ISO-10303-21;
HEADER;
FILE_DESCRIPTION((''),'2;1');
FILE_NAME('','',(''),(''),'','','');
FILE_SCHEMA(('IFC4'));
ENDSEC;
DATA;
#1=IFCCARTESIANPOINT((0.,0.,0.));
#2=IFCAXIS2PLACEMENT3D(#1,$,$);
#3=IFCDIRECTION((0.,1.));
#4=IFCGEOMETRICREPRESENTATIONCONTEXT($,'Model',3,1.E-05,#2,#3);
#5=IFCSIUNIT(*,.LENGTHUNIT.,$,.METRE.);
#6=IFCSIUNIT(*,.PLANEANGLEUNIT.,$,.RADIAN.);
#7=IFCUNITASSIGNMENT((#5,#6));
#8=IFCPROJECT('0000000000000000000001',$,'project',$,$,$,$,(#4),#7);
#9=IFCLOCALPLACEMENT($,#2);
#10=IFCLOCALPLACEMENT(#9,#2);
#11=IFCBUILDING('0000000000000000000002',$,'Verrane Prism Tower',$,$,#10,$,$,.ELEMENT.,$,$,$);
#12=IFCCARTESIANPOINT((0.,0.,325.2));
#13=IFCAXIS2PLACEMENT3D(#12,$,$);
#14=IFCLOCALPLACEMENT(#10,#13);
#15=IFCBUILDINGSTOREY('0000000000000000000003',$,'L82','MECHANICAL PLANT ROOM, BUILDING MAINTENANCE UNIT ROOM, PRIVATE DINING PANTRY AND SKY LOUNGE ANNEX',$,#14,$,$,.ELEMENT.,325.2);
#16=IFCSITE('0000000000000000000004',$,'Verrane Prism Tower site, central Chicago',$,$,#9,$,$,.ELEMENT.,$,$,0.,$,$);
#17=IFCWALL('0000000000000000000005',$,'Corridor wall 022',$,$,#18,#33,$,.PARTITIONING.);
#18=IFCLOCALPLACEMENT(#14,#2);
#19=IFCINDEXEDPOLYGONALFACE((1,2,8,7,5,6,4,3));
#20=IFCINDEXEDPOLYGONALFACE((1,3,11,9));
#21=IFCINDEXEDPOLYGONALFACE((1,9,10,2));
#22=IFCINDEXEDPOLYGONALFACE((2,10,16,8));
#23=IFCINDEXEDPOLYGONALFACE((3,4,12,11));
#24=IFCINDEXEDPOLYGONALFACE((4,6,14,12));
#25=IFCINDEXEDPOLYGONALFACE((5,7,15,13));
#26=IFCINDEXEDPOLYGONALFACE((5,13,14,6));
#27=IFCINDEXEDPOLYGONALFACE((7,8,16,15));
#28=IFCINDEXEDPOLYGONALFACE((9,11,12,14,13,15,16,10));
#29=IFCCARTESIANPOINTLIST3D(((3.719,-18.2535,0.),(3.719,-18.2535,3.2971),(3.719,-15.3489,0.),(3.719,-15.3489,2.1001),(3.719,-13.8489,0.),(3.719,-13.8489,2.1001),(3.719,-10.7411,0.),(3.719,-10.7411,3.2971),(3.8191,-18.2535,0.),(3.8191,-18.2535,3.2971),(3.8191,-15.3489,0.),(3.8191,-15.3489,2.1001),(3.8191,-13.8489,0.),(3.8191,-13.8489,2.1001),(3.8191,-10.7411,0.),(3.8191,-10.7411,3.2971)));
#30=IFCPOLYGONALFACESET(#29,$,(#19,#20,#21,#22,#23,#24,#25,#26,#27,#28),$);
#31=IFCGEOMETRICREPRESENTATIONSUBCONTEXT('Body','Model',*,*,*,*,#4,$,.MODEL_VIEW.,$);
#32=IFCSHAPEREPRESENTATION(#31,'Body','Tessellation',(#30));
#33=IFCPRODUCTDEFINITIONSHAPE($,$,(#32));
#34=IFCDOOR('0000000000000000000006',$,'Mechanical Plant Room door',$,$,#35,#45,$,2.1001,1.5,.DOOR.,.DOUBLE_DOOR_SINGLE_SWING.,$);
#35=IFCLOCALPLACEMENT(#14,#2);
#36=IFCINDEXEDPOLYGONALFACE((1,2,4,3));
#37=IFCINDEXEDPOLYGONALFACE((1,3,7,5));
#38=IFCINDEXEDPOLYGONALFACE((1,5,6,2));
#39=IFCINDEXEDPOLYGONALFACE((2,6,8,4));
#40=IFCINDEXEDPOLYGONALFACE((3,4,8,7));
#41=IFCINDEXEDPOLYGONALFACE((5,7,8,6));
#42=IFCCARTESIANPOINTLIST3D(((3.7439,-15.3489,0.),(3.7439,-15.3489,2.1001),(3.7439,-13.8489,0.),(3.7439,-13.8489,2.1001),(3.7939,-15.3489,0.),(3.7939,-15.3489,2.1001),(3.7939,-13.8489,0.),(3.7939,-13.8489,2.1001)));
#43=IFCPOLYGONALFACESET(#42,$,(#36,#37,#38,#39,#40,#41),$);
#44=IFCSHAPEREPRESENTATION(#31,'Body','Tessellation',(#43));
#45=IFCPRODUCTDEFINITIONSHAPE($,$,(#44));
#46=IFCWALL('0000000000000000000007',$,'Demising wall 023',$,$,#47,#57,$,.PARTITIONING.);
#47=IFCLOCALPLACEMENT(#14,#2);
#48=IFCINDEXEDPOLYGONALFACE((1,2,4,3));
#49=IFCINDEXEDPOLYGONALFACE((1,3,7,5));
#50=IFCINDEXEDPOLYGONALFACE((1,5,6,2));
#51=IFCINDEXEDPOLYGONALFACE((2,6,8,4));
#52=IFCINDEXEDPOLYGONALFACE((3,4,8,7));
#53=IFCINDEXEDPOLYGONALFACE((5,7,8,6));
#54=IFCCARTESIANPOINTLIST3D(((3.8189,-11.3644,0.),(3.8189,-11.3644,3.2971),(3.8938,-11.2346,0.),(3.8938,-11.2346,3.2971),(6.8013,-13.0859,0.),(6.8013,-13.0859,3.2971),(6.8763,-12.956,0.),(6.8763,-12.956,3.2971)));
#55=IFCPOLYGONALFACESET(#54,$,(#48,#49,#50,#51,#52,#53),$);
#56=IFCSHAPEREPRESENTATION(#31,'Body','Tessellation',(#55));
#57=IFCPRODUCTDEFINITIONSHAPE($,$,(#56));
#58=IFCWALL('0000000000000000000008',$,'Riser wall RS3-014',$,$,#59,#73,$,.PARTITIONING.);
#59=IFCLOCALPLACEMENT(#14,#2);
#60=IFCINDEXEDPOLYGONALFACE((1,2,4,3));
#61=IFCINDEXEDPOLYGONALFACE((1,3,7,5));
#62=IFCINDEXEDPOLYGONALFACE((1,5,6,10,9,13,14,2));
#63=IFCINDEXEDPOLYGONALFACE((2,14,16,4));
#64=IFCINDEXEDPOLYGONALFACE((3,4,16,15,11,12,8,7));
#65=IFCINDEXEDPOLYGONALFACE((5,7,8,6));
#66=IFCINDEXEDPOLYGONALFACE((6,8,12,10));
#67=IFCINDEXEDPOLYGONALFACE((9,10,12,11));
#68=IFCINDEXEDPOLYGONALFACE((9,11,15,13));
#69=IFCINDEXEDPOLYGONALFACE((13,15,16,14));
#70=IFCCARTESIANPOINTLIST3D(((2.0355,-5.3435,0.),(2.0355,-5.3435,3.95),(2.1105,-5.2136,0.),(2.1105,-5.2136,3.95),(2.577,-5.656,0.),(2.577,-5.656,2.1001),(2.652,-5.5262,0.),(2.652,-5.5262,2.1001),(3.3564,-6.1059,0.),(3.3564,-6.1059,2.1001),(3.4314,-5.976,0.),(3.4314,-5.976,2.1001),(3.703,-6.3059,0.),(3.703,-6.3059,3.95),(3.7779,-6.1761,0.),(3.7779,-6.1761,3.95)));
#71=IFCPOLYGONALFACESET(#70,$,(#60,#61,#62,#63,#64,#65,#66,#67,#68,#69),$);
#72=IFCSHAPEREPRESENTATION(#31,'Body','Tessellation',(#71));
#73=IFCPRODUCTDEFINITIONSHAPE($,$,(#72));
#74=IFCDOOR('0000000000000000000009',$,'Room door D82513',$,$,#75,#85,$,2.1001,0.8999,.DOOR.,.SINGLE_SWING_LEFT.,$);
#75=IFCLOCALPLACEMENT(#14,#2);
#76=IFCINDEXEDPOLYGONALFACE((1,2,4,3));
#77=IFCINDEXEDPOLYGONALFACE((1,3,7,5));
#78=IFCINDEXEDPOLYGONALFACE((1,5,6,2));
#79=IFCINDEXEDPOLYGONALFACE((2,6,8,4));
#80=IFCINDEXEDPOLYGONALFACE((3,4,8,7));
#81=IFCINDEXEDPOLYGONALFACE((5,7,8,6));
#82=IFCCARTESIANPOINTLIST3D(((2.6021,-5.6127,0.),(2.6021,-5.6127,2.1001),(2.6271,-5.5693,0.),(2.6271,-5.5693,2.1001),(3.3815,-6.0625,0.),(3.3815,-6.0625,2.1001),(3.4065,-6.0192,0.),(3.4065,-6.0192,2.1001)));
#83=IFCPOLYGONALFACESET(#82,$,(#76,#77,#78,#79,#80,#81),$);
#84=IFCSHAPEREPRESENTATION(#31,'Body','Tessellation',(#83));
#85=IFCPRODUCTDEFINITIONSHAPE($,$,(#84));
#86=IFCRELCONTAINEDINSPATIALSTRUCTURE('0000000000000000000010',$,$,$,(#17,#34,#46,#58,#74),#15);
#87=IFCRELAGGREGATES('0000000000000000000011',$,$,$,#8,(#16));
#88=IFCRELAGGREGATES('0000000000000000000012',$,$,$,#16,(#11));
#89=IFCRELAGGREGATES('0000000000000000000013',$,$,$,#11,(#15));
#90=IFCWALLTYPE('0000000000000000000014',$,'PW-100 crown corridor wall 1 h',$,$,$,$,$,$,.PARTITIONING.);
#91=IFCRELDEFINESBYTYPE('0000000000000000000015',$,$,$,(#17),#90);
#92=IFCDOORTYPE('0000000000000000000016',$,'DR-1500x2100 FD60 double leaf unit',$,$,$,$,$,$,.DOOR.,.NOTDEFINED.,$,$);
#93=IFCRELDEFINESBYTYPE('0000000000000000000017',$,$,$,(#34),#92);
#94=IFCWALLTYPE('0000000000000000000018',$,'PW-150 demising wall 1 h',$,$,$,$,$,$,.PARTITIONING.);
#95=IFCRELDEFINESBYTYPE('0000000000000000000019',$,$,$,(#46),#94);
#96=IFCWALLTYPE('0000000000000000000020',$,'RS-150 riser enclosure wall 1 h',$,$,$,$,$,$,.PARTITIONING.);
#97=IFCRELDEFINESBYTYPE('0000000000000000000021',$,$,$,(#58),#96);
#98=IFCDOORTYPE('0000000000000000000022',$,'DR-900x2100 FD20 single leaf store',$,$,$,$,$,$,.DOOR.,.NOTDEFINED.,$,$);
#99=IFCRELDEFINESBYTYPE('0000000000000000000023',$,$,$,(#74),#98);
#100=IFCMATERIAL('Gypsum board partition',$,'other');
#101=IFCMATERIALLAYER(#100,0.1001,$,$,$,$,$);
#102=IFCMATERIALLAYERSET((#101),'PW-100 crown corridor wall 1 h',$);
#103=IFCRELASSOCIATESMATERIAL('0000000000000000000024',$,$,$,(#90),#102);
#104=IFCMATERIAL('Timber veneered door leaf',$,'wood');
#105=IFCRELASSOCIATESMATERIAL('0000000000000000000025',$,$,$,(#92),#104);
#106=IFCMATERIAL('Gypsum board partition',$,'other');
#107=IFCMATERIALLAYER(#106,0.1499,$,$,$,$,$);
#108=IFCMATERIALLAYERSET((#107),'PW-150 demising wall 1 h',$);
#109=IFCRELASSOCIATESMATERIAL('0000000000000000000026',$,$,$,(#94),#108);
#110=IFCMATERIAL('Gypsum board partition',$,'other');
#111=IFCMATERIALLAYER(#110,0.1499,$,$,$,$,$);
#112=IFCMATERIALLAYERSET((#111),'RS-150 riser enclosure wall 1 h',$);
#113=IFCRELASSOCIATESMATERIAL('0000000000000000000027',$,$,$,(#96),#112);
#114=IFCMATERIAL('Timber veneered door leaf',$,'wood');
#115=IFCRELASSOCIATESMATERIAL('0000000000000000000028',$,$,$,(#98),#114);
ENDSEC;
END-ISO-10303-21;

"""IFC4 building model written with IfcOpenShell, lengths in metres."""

from ifc_helpers import new_model, si_unit, direction, frame, frame_2d, origin, place, context, subcontext, project, spatial, rectangle, extrude, material, layer, layer_set, type_object, element, fill, save


model = new_model("IFC4")

# Units and contexts
model_context = context("Model", 3, precision=1e-05, world=origin(), true_north=direction((0.0, 1.0)))
body_context = subcontext(model_context, "Body", "Model", "MODEL_VIEW")
ifc_project = project(units=[si_unit("LENGTHUNIT", "METRE"), si_unit("PLANEANGLEUNIT", "RADIAN")], contexts=[model_context])

# Site, building, storey
site_placement = place(None, origin())
site = spatial("IfcSite", under=ifc_project, at=site_placement, Name="Verrane Prism Tower site, central Chicago", CompositionType="ELEMENT", RefElevation=0.0)
building_placement = place(site_placement, origin())
building = spatial("IfcBuilding", under=site, at=building_placement, Name="Verrane Prism Tower", CompositionType="ELEMENT")
storey_placement = place(building_placement, frame((0.0, 0.0, 325.2)))
storey = spatial("IfcBuildingStorey", under=building, at=storey_placement, Name="L82", Description="MECHANICAL PLANT ROOM, BUILDING MAINTENANCE UNIT ROOM, PRIVATE DINING PANTRY AND SKY LOUNGE ANNEX", CompositionType="ELEMENT", Elevation=325.2)

# Wall, opening, door
ifc_material_1 = material(Name="Gypsum board partition", Category="other")
ifc_layer_1 = layer(ifc_material_1, 0.1001)
ifc_layer_set_1 = layer_set([ifc_layer_1], Name="PW-100 crown corridor wall 1 h")
wall_type_1 = type_object("IfcWallType", Name="PW-100 crown corridor wall 1 h", PredefinedType="PARTITIONING", material=ifc_layer_set_1)
wall_1_placement = place(storey_placement, frame((3.769, -10.741, 0.0), z_axis=(0.0, 0.0, 1.0), x_axis=(0.0, -1.0, 0.0)))
wall_1 = element("IfcWall", 1, at=wall_1_placement, inside=storey, type_object=wall_type_1, Name="Corridor wall 022", PredefinedType="PARTITIONING", context=body_context, shape_type="SweptSolid", body=[
    extrude(rectangle(XDim=7.5125, YDim=0.1001, at=frame_2d((3.7563, 0.0))), origin(), (0.0, 0.0, 1.0), 3.2971),
])
opening_1_placement = place(wall_1_placement, frame((3.1079, 0.0, 0.0)))
opening_1 = element("IfcOpeningElement", 2, at=opening_1_placement, cuts=wall_1, PredefinedType="OPENING", context=body_context, shape_type="SweptSolid", body=[
    extrude(rectangle(XDim=1.5, YDim=2.1001, at=frame_2d((0.75, 1.05))), frame((0.0, 0.0601, 0.0), z_axis=(0.0, -1.0, 0.0), x_axis=(1.0, 0.0, 0.0)), (0.0, 0.0, 1.0), 0.1201),
])
ifc_material_2 = material(Name="Timber veneered door leaf", Category="wood")
door_type_1 = type_object("IfcDoorType", Name="DR-1500x2100 FD60 double leaf unit", OperationType="NOTDEFINED", PredefinedType="DOOR", material=ifc_material_2)
door_1_placement = place(opening_1_placement, origin())
door_1 = element("IfcDoor", 3, at=door_1_placement, inside=storey, type_object=door_type_1, Name="Mechanical Plant Room door", OperationType="DOUBLE_DOOR_SINGLE_SWING", OverallHeight=2.1001, OverallWidth=1.5, PredefinedType="DOOR", context=body_context, shape_type="SweptSolid", body=[
    extrude(rectangle(XDim=1.5, YDim=2.1001, at=frame_2d((0.75, 1.05))), frame((0.0, 0.0249, 0.0), z_axis=(0.0, -1.0, 0.0), x_axis=(1.0, 0.0, 0.0)), (0.0, 0.0, 1.0), 0.05),
])
fill(opening_1, door_1)

# Wall
ifc_material_3 = material(Name="Gypsum board partition", Category="other")
ifc_layer_2 = layer(ifc_material_3, 0.1499)
ifc_layer_set_2 = layer_set([ifc_layer_2], Name="PW-150 demising wall 1 h")
wall_type_2 = type_object("IfcWallType", Name="PW-150 demising wall 1 h", PredefinedType="PARTITIONING", material=ifc_layer_set_2)
wall_2_placement = place(storey_placement, frame((3.8564, -11.2996, 0.0), z_axis=(0.0, 0.0, 1.0), x_axis=(0.866084, -0.499898, 0.0)))
element("IfcWall", 4, at=wall_2_placement, inside=storey, type_object=wall_type_2, Name="Demising wall 023", PredefinedType="PARTITIONING", context=body_context, shape_type="SweptSolid", body=[
    extrude(rectangle(XDim=3.4436, YDim=0.1499, at=frame_2d((1.7217, 0.0))), origin(), (0.0, 0.0, 1.0), 3.2971),
])

# Wall, opening, door
ifc_material_4 = material(Name="Gypsum board partition", Category="other")
ifc_layer_3 = layer(ifc_material_4, 0.1499)
ifc_layer_set_3 = layer_set([ifc_layer_3], Name="RS-150 riser enclosure wall 1 h")
wall_type_3 = type_object("IfcWallType", Name="RS-150 riser enclosure wall 1 h", PredefinedType="PARTITIONING", material=ifc_layer_set_3)
wall_3_placement = place(storey_placement, frame((3.7405, -6.241, 0.0), z_axis=(0.0, 0.0, 1.0), x_axis=(-0.866097, 0.499876, 0.0)))
wall_3 = element("IfcWall", 5, at=wall_3_placement, inside=storey, type_object=wall_type_3, Name="Riser wall RS3-014", PredefinedType="PARTITIONING", context=body_context, shape_type="SweptSolid", body=[
    extrude(rectangle(XDim=1.9253, YDim=0.1499, at=frame_2d((0.9626, 0.0))), origin(), (0.0, 0.0, 1.0), 3.95),
])
opening_2_placement = place(wall_3_placement, frame((0.4001, 0.0, 0.0)))
opening_2 = element("IfcOpeningElement", 6, at=opening_2_placement, cuts=wall_3, PredefinedType="OPENING", context=body_context, shape_type="SweptSolid", body=[
    extrude(rectangle(XDim=0.8999, YDim=2.1001, at=frame_2d((0.45, 1.05))), frame((0.0, 0.085, 0.0), z_axis=(0.0, -1.0, 0.0), x_axis=(1.0, 0.0, 0.0)), (0.0, 0.0, 1.0), 0.1699),
])
ifc_material_5 = material(Name="Timber veneered door leaf", Category="wood")
door_type_2 = type_object("IfcDoorType", Name="DR-900x2100 FD20 single leaf store", OperationType="NOTDEFINED", PredefinedType="DOOR", material=ifc_material_5)
door_2_placement = place(opening_2_placement, origin())
door_2 = element("IfcDoor", 7, at=door_2_placement, inside=storey, type_object=door_type_2, Name="Room door D82513", OperationType="SINGLE_SWING_LEFT", OverallHeight=2.1001, OverallWidth=0.8999, PredefinedType="DOOR", context=body_context, shape_type="SweptSolid", body=[
    extrude(rectangle(XDim=0.8999, YDim=2.1001, at=frame_2d((0.45, 1.05))), frame((0.0, 0.0249, 0.0), z_axis=(0.0, -1.0, 0.0), x_axis=(1.0, 0.0, 0.0)), (0.0, 0.0, 1.0), 0.05),
])
fill(opening_2, door_2)

save(model, "model.ifc")
